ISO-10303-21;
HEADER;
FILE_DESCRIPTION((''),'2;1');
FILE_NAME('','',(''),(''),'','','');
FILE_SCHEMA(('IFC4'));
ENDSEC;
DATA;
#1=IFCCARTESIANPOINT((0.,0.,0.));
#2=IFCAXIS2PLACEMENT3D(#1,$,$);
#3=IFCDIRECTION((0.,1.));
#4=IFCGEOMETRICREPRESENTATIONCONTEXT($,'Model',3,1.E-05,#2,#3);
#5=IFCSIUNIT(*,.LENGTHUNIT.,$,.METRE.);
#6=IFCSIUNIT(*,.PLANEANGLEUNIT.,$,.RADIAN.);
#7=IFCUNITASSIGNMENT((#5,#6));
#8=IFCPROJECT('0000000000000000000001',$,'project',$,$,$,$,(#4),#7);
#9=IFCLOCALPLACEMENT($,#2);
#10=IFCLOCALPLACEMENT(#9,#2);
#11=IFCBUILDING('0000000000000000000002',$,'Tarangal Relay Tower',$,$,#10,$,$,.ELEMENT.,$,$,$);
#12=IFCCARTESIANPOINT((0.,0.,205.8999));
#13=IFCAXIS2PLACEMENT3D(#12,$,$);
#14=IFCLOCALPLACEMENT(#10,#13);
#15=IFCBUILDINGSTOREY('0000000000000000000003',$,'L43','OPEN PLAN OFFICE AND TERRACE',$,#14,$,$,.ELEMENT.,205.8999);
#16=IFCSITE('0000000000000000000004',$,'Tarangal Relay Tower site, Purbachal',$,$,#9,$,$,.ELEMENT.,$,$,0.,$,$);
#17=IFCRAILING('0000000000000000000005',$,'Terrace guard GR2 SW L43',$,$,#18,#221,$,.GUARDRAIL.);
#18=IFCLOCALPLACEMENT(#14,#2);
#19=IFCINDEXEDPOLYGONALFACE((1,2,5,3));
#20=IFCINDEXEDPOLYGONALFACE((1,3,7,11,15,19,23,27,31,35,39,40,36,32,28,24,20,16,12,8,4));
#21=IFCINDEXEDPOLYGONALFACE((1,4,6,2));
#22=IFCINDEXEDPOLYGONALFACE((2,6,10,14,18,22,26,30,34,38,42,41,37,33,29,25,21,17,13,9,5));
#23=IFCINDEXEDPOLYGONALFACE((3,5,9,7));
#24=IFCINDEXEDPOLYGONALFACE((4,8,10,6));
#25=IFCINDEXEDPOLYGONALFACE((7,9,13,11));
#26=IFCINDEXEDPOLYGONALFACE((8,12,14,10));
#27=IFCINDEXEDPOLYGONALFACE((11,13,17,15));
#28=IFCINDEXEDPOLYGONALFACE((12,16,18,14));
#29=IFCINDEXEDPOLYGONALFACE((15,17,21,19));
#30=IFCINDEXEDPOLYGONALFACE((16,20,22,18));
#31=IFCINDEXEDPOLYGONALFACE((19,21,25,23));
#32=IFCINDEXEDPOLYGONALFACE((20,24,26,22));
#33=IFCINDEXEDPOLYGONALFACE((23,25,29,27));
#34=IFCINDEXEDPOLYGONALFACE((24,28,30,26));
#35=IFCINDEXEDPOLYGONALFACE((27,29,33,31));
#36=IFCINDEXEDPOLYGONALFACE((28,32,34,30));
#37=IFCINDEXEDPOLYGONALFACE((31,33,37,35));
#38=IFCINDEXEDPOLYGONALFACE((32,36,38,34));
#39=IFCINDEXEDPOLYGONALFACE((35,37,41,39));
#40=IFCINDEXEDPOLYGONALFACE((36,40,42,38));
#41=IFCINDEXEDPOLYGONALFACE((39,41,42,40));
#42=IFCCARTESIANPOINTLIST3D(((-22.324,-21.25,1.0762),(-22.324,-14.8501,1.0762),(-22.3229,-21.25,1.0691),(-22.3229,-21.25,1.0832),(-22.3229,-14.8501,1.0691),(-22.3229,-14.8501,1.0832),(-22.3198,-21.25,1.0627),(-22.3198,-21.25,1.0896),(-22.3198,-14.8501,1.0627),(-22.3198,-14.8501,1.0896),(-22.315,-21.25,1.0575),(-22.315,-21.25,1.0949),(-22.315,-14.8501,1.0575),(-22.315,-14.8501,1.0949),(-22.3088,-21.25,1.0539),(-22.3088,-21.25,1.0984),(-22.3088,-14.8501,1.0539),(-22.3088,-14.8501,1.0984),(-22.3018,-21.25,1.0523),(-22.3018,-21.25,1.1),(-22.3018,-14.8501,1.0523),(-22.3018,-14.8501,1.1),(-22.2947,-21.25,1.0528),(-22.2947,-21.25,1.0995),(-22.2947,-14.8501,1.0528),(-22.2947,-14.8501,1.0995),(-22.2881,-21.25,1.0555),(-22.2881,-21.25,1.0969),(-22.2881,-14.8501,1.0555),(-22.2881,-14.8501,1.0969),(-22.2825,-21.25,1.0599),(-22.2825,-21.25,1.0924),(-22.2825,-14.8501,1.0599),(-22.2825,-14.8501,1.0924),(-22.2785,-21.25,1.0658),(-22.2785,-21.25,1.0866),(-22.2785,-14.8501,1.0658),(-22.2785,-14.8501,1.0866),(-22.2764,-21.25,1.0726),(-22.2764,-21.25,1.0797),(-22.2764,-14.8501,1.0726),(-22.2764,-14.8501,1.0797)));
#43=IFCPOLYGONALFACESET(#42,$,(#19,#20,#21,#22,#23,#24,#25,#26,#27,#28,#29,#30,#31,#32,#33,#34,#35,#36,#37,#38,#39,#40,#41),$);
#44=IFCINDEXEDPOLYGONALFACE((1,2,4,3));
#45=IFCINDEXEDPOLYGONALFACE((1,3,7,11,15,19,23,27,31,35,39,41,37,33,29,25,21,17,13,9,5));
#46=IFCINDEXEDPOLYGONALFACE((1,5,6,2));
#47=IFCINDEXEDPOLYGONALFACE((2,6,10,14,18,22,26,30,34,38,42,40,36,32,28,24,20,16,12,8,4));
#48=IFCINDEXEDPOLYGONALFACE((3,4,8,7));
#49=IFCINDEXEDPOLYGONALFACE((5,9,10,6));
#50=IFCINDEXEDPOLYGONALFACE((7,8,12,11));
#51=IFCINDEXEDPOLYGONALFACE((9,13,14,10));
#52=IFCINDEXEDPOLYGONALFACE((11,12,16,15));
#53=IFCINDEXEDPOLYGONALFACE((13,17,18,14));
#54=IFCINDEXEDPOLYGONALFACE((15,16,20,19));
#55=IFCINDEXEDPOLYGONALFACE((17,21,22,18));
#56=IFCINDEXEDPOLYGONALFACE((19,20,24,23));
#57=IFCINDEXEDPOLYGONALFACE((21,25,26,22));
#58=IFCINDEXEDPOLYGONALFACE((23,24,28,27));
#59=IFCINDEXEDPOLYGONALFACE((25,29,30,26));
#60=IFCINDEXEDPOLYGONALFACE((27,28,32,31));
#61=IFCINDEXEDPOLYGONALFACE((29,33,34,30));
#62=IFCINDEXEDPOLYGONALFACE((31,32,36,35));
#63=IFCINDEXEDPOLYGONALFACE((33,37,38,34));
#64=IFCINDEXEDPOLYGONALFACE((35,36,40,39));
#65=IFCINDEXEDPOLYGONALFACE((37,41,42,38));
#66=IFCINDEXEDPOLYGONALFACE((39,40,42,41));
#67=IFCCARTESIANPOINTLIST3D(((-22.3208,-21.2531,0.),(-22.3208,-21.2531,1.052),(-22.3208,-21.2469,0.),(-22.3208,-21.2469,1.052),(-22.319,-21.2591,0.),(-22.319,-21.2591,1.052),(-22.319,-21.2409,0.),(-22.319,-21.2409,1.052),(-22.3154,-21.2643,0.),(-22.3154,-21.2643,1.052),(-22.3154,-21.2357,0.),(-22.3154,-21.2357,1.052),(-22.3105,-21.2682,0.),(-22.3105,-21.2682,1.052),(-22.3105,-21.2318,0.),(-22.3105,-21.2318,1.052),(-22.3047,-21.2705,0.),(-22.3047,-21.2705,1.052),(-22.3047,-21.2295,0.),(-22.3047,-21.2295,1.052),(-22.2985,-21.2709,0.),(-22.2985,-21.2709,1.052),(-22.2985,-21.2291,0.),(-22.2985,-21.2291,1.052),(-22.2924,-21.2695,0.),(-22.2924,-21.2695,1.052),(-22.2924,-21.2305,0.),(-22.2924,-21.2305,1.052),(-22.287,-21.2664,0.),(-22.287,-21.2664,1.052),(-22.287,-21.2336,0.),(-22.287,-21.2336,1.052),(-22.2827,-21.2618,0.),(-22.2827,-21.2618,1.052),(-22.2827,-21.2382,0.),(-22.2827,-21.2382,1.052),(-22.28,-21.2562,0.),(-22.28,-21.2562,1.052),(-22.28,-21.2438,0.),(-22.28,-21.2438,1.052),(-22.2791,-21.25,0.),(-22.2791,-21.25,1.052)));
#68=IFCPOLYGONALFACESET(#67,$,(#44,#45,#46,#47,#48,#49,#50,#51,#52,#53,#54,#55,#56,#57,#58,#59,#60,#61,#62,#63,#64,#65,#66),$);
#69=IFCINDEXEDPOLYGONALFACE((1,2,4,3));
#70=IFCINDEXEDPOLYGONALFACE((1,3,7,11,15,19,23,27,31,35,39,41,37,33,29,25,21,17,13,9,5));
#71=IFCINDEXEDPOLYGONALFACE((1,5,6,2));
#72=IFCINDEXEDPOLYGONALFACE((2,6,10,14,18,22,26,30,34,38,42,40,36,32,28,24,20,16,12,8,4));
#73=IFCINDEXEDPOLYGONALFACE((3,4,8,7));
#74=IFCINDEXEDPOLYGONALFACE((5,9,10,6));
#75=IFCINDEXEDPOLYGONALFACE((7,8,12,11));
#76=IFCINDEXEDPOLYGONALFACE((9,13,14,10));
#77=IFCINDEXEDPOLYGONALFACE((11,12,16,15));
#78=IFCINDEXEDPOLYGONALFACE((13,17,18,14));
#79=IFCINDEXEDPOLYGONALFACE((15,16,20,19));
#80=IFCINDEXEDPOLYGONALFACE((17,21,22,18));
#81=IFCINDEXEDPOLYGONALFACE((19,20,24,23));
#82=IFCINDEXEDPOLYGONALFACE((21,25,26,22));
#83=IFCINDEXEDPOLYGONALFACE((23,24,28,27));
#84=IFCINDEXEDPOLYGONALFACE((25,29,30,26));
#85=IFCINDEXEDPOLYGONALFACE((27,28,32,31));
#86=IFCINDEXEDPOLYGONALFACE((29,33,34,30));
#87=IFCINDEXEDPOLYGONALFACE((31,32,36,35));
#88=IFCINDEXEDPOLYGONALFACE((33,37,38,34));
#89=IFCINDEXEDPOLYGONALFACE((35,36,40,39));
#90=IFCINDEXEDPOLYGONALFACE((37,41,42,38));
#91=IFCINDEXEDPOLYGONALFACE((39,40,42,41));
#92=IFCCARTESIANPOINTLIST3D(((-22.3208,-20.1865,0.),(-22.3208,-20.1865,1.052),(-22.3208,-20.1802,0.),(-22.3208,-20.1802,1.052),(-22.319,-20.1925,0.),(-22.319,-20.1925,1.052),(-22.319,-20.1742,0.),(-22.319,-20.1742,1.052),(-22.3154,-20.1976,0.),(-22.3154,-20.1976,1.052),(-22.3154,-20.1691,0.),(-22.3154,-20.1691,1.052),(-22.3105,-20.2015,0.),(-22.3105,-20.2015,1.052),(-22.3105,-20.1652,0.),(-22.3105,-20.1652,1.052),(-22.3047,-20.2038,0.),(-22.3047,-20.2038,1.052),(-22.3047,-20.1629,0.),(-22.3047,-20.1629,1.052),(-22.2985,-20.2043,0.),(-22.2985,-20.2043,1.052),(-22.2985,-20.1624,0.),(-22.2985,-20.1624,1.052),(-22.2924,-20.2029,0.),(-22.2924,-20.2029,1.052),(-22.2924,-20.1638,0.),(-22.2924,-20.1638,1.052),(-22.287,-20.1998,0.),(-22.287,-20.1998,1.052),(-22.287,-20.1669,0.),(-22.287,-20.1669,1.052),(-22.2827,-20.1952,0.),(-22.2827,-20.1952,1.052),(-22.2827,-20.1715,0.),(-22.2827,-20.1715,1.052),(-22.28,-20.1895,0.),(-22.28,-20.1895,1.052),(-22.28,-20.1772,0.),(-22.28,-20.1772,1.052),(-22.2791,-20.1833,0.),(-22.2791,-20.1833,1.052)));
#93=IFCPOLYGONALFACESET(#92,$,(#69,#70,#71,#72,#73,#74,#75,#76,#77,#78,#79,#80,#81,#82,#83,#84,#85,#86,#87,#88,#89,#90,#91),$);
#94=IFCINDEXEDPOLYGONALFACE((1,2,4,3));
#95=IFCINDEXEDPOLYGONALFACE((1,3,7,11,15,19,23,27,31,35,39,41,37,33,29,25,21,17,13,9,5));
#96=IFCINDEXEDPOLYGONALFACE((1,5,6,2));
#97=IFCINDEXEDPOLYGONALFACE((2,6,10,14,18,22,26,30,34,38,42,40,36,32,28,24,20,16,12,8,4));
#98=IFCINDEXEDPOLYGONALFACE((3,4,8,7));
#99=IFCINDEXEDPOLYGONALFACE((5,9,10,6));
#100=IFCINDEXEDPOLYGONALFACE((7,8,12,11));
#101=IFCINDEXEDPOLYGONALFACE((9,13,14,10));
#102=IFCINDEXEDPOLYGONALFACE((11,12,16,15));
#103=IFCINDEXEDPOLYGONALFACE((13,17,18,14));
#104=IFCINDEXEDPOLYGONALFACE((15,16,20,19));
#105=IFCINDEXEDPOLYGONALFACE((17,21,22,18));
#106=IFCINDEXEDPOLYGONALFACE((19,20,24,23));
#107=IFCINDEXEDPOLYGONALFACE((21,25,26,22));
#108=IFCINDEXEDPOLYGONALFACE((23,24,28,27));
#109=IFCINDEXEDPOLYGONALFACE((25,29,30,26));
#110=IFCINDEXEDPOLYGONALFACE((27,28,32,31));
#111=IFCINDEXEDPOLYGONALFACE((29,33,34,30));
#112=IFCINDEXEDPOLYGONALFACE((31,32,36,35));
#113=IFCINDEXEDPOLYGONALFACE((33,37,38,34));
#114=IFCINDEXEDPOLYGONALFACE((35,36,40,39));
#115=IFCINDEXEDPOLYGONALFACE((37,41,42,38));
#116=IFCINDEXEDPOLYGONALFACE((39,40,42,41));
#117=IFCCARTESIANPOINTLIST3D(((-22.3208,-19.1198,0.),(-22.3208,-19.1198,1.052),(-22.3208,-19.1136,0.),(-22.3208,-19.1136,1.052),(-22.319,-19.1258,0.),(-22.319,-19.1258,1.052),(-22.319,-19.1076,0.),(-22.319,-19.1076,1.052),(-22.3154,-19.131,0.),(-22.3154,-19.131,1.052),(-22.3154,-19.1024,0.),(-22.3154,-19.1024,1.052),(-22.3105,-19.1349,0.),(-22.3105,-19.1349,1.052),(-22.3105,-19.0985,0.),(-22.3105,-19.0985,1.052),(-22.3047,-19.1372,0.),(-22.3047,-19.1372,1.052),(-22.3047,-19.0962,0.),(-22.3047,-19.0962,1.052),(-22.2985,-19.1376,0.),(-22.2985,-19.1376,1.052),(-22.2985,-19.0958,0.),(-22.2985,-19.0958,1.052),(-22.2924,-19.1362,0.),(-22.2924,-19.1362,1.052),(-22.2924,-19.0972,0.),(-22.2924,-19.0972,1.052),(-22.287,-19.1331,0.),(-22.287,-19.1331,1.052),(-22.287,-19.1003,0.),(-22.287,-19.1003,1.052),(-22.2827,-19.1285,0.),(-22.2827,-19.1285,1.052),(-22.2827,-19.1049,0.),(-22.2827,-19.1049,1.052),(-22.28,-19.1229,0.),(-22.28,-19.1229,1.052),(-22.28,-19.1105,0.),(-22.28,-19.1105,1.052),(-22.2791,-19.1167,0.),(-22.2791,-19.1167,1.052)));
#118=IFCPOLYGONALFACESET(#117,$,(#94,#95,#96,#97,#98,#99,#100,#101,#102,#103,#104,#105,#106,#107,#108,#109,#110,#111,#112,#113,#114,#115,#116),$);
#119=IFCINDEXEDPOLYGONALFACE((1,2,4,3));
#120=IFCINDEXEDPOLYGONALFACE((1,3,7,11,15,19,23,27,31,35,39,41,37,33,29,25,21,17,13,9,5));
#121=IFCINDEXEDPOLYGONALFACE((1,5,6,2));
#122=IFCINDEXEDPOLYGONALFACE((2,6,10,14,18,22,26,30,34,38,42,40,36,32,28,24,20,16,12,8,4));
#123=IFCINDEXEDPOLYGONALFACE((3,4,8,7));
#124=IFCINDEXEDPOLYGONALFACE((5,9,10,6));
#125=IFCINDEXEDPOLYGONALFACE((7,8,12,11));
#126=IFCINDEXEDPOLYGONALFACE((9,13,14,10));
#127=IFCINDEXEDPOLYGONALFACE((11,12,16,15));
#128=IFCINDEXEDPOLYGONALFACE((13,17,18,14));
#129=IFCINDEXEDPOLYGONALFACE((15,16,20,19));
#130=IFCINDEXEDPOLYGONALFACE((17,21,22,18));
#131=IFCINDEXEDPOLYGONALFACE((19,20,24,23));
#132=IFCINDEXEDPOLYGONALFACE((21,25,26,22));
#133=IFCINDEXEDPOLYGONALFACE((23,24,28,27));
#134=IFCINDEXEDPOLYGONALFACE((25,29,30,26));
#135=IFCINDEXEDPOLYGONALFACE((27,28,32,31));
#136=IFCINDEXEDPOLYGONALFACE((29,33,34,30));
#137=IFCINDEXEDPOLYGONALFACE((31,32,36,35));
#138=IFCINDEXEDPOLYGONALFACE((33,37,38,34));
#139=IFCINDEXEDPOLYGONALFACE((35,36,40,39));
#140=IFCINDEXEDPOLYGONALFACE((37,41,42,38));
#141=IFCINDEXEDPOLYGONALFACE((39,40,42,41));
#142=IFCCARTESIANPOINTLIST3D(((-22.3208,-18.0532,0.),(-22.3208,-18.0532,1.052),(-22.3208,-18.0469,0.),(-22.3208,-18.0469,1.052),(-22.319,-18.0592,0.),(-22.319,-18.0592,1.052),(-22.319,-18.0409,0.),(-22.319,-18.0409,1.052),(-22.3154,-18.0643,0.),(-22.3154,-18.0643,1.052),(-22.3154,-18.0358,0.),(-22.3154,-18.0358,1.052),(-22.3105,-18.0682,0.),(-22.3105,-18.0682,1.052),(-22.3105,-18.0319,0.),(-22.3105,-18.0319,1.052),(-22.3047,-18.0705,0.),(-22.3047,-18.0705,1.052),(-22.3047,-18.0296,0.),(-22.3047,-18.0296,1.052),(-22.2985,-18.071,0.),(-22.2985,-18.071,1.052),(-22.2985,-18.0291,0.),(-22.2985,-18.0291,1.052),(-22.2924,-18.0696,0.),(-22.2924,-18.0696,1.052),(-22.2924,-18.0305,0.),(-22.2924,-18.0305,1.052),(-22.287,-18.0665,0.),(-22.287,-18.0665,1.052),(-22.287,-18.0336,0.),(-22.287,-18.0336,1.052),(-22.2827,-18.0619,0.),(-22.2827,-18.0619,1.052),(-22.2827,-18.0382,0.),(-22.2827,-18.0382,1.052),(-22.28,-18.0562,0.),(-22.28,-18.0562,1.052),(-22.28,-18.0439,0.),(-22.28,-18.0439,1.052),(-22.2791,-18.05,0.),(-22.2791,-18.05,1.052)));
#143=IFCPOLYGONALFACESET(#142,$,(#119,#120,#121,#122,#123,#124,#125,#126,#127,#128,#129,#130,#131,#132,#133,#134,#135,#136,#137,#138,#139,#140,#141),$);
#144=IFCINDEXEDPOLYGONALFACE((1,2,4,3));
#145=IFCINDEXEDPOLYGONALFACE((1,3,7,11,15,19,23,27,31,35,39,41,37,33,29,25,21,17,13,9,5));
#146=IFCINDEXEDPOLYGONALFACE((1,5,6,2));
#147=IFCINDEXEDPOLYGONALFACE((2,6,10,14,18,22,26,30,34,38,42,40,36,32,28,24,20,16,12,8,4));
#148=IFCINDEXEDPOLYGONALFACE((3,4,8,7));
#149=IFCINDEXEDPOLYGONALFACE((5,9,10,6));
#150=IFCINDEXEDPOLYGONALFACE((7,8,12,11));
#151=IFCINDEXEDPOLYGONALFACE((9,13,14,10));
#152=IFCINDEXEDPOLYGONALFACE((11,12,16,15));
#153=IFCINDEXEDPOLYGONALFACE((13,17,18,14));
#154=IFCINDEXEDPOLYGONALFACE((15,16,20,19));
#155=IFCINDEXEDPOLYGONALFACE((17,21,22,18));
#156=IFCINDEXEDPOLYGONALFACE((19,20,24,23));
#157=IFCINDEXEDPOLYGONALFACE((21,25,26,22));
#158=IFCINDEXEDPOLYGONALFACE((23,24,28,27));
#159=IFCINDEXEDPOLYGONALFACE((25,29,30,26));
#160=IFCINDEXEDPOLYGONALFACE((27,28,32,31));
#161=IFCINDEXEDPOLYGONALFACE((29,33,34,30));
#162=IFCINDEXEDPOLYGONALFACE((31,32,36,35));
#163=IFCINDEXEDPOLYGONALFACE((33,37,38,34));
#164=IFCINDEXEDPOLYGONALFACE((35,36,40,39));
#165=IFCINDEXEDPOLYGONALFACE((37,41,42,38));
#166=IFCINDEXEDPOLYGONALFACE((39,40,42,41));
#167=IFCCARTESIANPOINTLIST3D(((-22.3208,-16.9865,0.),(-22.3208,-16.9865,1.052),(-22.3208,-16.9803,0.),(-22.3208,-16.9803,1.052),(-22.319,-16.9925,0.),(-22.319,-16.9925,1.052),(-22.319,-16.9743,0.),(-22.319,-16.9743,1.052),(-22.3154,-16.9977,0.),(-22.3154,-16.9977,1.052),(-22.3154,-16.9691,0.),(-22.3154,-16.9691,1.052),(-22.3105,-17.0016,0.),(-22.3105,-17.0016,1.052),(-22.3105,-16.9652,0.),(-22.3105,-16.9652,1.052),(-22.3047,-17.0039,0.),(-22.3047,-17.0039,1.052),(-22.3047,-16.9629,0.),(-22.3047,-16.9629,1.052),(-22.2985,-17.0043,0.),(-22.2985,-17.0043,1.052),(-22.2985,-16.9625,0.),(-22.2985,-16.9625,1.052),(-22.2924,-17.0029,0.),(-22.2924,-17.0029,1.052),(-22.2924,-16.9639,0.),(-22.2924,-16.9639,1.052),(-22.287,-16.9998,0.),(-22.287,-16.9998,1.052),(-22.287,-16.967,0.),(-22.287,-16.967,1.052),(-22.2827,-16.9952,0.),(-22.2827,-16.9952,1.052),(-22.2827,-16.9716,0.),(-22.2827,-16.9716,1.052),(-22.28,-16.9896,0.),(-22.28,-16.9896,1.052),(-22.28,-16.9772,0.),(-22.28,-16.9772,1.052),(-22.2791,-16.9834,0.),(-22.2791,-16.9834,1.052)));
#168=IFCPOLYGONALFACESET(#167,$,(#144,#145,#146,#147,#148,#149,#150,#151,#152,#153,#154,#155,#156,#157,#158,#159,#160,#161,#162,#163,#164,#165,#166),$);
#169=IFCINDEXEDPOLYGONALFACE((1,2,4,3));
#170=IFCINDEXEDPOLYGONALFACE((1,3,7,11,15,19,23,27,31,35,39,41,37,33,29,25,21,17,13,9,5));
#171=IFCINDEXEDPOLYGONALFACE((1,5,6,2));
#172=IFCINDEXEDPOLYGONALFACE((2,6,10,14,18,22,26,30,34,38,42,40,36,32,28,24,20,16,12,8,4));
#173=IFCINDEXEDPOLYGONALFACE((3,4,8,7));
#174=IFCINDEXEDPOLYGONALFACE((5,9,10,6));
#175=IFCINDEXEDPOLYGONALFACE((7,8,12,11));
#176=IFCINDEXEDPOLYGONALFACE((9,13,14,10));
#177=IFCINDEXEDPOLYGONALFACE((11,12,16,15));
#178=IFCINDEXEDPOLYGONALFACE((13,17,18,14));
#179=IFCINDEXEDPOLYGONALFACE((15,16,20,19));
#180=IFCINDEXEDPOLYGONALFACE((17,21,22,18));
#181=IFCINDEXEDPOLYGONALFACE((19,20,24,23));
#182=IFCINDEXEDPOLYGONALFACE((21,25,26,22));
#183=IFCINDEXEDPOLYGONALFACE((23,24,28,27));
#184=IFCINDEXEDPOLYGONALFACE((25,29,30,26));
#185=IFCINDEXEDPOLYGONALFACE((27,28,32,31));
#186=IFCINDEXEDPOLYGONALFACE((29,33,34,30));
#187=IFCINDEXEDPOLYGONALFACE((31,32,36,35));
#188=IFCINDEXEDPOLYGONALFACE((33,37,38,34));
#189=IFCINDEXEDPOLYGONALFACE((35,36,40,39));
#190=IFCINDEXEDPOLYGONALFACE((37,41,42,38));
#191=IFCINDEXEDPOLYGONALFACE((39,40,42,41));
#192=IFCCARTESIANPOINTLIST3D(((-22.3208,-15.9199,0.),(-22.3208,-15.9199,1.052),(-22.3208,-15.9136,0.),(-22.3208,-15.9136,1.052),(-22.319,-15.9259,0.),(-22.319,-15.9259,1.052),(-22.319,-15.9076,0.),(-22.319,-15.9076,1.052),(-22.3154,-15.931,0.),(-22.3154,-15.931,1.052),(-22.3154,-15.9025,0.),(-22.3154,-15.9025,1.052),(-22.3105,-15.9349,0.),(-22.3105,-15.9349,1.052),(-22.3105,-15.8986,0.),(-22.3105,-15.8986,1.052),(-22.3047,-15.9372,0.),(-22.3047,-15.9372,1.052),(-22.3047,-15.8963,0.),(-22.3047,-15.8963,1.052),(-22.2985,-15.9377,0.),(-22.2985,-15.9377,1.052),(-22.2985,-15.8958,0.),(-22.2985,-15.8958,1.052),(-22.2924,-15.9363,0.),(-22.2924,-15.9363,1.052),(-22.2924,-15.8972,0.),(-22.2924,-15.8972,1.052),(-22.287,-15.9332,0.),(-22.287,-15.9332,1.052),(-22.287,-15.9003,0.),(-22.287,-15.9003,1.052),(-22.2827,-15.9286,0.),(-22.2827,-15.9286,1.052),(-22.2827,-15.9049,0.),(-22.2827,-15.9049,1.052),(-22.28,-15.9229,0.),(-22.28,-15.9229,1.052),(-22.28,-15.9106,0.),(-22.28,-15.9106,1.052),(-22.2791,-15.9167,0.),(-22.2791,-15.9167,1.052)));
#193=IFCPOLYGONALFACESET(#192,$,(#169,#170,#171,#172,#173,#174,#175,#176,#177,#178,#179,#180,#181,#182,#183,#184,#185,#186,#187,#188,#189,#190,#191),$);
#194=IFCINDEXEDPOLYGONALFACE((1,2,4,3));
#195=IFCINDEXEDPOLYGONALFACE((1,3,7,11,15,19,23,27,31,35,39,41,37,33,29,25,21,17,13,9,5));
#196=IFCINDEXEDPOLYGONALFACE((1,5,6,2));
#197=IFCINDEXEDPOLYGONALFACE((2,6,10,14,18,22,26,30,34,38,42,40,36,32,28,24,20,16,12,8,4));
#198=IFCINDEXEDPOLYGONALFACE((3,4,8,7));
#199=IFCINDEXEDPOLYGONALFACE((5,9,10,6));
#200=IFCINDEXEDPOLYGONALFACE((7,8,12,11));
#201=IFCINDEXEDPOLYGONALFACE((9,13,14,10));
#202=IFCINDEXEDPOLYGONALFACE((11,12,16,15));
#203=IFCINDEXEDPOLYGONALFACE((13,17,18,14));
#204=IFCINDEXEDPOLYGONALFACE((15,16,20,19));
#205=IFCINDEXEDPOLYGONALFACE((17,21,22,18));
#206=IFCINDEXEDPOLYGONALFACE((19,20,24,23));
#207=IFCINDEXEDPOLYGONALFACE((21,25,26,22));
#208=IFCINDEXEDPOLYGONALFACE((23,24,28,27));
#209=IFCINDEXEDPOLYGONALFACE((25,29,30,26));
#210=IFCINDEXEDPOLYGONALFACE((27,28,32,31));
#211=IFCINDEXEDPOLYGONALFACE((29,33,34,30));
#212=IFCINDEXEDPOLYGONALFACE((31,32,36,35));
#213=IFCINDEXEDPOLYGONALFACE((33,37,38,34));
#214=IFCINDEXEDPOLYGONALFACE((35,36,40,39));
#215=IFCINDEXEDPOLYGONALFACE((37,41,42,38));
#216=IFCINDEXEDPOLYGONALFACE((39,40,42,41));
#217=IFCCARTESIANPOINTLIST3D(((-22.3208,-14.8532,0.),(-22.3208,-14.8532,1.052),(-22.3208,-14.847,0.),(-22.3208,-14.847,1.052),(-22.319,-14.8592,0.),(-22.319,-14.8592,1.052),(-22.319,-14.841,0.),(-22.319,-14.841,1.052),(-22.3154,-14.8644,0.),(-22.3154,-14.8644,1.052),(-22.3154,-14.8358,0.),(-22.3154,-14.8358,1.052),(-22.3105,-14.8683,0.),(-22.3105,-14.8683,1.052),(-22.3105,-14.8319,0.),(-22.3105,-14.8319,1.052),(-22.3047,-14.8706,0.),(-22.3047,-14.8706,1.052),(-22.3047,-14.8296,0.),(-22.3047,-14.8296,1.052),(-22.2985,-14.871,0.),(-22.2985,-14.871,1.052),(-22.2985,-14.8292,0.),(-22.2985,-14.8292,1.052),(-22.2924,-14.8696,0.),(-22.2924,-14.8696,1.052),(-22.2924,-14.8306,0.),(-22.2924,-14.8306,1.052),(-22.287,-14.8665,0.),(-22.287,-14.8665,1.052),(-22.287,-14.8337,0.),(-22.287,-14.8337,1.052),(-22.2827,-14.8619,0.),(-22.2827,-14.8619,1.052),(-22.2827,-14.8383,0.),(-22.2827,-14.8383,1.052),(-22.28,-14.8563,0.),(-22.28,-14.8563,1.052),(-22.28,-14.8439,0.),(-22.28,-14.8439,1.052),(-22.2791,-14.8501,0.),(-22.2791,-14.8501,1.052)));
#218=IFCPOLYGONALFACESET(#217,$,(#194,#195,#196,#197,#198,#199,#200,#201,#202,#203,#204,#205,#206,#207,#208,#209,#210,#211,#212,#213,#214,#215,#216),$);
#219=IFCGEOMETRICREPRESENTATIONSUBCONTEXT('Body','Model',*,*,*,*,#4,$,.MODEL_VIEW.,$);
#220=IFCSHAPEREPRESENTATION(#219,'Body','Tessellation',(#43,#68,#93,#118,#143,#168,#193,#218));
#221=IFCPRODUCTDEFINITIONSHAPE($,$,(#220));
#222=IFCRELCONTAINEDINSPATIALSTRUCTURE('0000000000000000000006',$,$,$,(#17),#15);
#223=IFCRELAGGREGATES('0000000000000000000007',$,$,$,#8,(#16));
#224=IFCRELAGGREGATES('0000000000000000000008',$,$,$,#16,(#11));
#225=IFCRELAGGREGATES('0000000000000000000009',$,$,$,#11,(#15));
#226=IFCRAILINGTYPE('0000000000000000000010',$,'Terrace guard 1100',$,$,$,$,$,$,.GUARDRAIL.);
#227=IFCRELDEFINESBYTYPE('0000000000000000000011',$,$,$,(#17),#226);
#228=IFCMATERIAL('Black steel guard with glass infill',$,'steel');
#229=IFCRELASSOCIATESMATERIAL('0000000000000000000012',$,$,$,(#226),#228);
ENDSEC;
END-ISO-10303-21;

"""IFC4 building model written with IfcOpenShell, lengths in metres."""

from ifc_helpers import new_model, si_unit, direction, frame, origin, origin_2d, place, context, subcontext, project, spatial, circle, extrude, material, type_object, element, save


model = new_model("IFC4")

# Units and contexts
model_context = context("Model", 3, precision=1e-05, world=origin(), true_north=direction((0.0, 1.0)))
body_context = subcontext(model_context, "Body", "Model", "MODEL_VIEW")
ifc_project = project(units=[si_unit("LENGTHUNIT", "METRE"), si_unit("PLANEANGLEUNIT", "RADIAN")], contexts=[model_context])

# Site, building, storey
site_placement = place(None, origin())
site = spatial("IfcSite", under=ifc_project, at=site_placement, Name="Tarangal Relay Tower site, Purbachal", CompositionType="ELEMENT", RefElevation=0.0)
building_placement = place(site_placement, origin())
building = spatial("IfcBuilding", under=site, at=building_placement, Name="Tarangal Relay Tower", CompositionType="ELEMENT")
storey_placement = place(building_placement, frame((0.0, 0.0, 205.8999)))
storey = spatial("IfcBuildingStorey", under=building, at=storey_placement, Name="L43", Description="OPEN PLAN OFFICE AND TERRACE", CompositionType="ELEMENT", Elevation=205.8999)

# Railing
ifc_material_1 = material(Name="Black steel guard with glass infill", Category="steel")
railing_type = type_object("IfcRailingType", Name="Terrace guard 1100", PredefinedType="GUARDRAIL", material=ifc_material_1)
railing_1_placement = place(storey_placement, frame((-22.3, -21.25, 0.0)))
element("IfcRailing", 1, at=railing_1_placement, inside=storey, type_object=railing_type, Name="Terrace guard GR2 SW L43", PredefinedType="GUARDRAIL", context=body_context, shape_type="SweptSolid", body=[
    extrude(circle(Radius=0.0239, at=origin_2d()), frame((0.0, 0.0, 1.0762), z_axis=(0.0, 1.0, 0.0), x_axis=(-1.0, 0.0, 0.0)), (0.0, 0.0, 1.0), 6.3999),
    extrude(circle(Radius=0.021, at=origin_2d()), origin(), (0.0, 0.0, 1.0), 1.052),
    extrude(circle(Radius=0.021, at=origin_2d()), frame((0.0, 1.0667, 0.0)), (0.0, 0.0, 1.0), 1.052),
    extrude(circle(Radius=0.021, at=origin_2d()), frame((0.0, 2.1333, 0.0)), (0.0, 0.0, 1.0), 1.052),
    extrude(circle(Radius=0.021, at=origin_2d()), frame((0.0, 3.2, 0.0)), (0.0, 0.0, 1.0), 1.052),
    extrude(circle(Radius=0.021, at=origin_2d()), frame((0.0, 4.2666, 0.0)), (0.0, 0.0, 1.0), 1.052),
    extrude(circle(Radius=0.021, at=origin_2d()), frame((0.0, 5.3333, 0.0)), (0.0, 0.0, 1.0), 1.052),
    extrude(circle(Radius=0.021, at=origin_2d()), frame((0.0, 6.3999, 0.0)), (0.0, 0.0, 1.0), 1.052),
])

save(model, "model.ifc")
